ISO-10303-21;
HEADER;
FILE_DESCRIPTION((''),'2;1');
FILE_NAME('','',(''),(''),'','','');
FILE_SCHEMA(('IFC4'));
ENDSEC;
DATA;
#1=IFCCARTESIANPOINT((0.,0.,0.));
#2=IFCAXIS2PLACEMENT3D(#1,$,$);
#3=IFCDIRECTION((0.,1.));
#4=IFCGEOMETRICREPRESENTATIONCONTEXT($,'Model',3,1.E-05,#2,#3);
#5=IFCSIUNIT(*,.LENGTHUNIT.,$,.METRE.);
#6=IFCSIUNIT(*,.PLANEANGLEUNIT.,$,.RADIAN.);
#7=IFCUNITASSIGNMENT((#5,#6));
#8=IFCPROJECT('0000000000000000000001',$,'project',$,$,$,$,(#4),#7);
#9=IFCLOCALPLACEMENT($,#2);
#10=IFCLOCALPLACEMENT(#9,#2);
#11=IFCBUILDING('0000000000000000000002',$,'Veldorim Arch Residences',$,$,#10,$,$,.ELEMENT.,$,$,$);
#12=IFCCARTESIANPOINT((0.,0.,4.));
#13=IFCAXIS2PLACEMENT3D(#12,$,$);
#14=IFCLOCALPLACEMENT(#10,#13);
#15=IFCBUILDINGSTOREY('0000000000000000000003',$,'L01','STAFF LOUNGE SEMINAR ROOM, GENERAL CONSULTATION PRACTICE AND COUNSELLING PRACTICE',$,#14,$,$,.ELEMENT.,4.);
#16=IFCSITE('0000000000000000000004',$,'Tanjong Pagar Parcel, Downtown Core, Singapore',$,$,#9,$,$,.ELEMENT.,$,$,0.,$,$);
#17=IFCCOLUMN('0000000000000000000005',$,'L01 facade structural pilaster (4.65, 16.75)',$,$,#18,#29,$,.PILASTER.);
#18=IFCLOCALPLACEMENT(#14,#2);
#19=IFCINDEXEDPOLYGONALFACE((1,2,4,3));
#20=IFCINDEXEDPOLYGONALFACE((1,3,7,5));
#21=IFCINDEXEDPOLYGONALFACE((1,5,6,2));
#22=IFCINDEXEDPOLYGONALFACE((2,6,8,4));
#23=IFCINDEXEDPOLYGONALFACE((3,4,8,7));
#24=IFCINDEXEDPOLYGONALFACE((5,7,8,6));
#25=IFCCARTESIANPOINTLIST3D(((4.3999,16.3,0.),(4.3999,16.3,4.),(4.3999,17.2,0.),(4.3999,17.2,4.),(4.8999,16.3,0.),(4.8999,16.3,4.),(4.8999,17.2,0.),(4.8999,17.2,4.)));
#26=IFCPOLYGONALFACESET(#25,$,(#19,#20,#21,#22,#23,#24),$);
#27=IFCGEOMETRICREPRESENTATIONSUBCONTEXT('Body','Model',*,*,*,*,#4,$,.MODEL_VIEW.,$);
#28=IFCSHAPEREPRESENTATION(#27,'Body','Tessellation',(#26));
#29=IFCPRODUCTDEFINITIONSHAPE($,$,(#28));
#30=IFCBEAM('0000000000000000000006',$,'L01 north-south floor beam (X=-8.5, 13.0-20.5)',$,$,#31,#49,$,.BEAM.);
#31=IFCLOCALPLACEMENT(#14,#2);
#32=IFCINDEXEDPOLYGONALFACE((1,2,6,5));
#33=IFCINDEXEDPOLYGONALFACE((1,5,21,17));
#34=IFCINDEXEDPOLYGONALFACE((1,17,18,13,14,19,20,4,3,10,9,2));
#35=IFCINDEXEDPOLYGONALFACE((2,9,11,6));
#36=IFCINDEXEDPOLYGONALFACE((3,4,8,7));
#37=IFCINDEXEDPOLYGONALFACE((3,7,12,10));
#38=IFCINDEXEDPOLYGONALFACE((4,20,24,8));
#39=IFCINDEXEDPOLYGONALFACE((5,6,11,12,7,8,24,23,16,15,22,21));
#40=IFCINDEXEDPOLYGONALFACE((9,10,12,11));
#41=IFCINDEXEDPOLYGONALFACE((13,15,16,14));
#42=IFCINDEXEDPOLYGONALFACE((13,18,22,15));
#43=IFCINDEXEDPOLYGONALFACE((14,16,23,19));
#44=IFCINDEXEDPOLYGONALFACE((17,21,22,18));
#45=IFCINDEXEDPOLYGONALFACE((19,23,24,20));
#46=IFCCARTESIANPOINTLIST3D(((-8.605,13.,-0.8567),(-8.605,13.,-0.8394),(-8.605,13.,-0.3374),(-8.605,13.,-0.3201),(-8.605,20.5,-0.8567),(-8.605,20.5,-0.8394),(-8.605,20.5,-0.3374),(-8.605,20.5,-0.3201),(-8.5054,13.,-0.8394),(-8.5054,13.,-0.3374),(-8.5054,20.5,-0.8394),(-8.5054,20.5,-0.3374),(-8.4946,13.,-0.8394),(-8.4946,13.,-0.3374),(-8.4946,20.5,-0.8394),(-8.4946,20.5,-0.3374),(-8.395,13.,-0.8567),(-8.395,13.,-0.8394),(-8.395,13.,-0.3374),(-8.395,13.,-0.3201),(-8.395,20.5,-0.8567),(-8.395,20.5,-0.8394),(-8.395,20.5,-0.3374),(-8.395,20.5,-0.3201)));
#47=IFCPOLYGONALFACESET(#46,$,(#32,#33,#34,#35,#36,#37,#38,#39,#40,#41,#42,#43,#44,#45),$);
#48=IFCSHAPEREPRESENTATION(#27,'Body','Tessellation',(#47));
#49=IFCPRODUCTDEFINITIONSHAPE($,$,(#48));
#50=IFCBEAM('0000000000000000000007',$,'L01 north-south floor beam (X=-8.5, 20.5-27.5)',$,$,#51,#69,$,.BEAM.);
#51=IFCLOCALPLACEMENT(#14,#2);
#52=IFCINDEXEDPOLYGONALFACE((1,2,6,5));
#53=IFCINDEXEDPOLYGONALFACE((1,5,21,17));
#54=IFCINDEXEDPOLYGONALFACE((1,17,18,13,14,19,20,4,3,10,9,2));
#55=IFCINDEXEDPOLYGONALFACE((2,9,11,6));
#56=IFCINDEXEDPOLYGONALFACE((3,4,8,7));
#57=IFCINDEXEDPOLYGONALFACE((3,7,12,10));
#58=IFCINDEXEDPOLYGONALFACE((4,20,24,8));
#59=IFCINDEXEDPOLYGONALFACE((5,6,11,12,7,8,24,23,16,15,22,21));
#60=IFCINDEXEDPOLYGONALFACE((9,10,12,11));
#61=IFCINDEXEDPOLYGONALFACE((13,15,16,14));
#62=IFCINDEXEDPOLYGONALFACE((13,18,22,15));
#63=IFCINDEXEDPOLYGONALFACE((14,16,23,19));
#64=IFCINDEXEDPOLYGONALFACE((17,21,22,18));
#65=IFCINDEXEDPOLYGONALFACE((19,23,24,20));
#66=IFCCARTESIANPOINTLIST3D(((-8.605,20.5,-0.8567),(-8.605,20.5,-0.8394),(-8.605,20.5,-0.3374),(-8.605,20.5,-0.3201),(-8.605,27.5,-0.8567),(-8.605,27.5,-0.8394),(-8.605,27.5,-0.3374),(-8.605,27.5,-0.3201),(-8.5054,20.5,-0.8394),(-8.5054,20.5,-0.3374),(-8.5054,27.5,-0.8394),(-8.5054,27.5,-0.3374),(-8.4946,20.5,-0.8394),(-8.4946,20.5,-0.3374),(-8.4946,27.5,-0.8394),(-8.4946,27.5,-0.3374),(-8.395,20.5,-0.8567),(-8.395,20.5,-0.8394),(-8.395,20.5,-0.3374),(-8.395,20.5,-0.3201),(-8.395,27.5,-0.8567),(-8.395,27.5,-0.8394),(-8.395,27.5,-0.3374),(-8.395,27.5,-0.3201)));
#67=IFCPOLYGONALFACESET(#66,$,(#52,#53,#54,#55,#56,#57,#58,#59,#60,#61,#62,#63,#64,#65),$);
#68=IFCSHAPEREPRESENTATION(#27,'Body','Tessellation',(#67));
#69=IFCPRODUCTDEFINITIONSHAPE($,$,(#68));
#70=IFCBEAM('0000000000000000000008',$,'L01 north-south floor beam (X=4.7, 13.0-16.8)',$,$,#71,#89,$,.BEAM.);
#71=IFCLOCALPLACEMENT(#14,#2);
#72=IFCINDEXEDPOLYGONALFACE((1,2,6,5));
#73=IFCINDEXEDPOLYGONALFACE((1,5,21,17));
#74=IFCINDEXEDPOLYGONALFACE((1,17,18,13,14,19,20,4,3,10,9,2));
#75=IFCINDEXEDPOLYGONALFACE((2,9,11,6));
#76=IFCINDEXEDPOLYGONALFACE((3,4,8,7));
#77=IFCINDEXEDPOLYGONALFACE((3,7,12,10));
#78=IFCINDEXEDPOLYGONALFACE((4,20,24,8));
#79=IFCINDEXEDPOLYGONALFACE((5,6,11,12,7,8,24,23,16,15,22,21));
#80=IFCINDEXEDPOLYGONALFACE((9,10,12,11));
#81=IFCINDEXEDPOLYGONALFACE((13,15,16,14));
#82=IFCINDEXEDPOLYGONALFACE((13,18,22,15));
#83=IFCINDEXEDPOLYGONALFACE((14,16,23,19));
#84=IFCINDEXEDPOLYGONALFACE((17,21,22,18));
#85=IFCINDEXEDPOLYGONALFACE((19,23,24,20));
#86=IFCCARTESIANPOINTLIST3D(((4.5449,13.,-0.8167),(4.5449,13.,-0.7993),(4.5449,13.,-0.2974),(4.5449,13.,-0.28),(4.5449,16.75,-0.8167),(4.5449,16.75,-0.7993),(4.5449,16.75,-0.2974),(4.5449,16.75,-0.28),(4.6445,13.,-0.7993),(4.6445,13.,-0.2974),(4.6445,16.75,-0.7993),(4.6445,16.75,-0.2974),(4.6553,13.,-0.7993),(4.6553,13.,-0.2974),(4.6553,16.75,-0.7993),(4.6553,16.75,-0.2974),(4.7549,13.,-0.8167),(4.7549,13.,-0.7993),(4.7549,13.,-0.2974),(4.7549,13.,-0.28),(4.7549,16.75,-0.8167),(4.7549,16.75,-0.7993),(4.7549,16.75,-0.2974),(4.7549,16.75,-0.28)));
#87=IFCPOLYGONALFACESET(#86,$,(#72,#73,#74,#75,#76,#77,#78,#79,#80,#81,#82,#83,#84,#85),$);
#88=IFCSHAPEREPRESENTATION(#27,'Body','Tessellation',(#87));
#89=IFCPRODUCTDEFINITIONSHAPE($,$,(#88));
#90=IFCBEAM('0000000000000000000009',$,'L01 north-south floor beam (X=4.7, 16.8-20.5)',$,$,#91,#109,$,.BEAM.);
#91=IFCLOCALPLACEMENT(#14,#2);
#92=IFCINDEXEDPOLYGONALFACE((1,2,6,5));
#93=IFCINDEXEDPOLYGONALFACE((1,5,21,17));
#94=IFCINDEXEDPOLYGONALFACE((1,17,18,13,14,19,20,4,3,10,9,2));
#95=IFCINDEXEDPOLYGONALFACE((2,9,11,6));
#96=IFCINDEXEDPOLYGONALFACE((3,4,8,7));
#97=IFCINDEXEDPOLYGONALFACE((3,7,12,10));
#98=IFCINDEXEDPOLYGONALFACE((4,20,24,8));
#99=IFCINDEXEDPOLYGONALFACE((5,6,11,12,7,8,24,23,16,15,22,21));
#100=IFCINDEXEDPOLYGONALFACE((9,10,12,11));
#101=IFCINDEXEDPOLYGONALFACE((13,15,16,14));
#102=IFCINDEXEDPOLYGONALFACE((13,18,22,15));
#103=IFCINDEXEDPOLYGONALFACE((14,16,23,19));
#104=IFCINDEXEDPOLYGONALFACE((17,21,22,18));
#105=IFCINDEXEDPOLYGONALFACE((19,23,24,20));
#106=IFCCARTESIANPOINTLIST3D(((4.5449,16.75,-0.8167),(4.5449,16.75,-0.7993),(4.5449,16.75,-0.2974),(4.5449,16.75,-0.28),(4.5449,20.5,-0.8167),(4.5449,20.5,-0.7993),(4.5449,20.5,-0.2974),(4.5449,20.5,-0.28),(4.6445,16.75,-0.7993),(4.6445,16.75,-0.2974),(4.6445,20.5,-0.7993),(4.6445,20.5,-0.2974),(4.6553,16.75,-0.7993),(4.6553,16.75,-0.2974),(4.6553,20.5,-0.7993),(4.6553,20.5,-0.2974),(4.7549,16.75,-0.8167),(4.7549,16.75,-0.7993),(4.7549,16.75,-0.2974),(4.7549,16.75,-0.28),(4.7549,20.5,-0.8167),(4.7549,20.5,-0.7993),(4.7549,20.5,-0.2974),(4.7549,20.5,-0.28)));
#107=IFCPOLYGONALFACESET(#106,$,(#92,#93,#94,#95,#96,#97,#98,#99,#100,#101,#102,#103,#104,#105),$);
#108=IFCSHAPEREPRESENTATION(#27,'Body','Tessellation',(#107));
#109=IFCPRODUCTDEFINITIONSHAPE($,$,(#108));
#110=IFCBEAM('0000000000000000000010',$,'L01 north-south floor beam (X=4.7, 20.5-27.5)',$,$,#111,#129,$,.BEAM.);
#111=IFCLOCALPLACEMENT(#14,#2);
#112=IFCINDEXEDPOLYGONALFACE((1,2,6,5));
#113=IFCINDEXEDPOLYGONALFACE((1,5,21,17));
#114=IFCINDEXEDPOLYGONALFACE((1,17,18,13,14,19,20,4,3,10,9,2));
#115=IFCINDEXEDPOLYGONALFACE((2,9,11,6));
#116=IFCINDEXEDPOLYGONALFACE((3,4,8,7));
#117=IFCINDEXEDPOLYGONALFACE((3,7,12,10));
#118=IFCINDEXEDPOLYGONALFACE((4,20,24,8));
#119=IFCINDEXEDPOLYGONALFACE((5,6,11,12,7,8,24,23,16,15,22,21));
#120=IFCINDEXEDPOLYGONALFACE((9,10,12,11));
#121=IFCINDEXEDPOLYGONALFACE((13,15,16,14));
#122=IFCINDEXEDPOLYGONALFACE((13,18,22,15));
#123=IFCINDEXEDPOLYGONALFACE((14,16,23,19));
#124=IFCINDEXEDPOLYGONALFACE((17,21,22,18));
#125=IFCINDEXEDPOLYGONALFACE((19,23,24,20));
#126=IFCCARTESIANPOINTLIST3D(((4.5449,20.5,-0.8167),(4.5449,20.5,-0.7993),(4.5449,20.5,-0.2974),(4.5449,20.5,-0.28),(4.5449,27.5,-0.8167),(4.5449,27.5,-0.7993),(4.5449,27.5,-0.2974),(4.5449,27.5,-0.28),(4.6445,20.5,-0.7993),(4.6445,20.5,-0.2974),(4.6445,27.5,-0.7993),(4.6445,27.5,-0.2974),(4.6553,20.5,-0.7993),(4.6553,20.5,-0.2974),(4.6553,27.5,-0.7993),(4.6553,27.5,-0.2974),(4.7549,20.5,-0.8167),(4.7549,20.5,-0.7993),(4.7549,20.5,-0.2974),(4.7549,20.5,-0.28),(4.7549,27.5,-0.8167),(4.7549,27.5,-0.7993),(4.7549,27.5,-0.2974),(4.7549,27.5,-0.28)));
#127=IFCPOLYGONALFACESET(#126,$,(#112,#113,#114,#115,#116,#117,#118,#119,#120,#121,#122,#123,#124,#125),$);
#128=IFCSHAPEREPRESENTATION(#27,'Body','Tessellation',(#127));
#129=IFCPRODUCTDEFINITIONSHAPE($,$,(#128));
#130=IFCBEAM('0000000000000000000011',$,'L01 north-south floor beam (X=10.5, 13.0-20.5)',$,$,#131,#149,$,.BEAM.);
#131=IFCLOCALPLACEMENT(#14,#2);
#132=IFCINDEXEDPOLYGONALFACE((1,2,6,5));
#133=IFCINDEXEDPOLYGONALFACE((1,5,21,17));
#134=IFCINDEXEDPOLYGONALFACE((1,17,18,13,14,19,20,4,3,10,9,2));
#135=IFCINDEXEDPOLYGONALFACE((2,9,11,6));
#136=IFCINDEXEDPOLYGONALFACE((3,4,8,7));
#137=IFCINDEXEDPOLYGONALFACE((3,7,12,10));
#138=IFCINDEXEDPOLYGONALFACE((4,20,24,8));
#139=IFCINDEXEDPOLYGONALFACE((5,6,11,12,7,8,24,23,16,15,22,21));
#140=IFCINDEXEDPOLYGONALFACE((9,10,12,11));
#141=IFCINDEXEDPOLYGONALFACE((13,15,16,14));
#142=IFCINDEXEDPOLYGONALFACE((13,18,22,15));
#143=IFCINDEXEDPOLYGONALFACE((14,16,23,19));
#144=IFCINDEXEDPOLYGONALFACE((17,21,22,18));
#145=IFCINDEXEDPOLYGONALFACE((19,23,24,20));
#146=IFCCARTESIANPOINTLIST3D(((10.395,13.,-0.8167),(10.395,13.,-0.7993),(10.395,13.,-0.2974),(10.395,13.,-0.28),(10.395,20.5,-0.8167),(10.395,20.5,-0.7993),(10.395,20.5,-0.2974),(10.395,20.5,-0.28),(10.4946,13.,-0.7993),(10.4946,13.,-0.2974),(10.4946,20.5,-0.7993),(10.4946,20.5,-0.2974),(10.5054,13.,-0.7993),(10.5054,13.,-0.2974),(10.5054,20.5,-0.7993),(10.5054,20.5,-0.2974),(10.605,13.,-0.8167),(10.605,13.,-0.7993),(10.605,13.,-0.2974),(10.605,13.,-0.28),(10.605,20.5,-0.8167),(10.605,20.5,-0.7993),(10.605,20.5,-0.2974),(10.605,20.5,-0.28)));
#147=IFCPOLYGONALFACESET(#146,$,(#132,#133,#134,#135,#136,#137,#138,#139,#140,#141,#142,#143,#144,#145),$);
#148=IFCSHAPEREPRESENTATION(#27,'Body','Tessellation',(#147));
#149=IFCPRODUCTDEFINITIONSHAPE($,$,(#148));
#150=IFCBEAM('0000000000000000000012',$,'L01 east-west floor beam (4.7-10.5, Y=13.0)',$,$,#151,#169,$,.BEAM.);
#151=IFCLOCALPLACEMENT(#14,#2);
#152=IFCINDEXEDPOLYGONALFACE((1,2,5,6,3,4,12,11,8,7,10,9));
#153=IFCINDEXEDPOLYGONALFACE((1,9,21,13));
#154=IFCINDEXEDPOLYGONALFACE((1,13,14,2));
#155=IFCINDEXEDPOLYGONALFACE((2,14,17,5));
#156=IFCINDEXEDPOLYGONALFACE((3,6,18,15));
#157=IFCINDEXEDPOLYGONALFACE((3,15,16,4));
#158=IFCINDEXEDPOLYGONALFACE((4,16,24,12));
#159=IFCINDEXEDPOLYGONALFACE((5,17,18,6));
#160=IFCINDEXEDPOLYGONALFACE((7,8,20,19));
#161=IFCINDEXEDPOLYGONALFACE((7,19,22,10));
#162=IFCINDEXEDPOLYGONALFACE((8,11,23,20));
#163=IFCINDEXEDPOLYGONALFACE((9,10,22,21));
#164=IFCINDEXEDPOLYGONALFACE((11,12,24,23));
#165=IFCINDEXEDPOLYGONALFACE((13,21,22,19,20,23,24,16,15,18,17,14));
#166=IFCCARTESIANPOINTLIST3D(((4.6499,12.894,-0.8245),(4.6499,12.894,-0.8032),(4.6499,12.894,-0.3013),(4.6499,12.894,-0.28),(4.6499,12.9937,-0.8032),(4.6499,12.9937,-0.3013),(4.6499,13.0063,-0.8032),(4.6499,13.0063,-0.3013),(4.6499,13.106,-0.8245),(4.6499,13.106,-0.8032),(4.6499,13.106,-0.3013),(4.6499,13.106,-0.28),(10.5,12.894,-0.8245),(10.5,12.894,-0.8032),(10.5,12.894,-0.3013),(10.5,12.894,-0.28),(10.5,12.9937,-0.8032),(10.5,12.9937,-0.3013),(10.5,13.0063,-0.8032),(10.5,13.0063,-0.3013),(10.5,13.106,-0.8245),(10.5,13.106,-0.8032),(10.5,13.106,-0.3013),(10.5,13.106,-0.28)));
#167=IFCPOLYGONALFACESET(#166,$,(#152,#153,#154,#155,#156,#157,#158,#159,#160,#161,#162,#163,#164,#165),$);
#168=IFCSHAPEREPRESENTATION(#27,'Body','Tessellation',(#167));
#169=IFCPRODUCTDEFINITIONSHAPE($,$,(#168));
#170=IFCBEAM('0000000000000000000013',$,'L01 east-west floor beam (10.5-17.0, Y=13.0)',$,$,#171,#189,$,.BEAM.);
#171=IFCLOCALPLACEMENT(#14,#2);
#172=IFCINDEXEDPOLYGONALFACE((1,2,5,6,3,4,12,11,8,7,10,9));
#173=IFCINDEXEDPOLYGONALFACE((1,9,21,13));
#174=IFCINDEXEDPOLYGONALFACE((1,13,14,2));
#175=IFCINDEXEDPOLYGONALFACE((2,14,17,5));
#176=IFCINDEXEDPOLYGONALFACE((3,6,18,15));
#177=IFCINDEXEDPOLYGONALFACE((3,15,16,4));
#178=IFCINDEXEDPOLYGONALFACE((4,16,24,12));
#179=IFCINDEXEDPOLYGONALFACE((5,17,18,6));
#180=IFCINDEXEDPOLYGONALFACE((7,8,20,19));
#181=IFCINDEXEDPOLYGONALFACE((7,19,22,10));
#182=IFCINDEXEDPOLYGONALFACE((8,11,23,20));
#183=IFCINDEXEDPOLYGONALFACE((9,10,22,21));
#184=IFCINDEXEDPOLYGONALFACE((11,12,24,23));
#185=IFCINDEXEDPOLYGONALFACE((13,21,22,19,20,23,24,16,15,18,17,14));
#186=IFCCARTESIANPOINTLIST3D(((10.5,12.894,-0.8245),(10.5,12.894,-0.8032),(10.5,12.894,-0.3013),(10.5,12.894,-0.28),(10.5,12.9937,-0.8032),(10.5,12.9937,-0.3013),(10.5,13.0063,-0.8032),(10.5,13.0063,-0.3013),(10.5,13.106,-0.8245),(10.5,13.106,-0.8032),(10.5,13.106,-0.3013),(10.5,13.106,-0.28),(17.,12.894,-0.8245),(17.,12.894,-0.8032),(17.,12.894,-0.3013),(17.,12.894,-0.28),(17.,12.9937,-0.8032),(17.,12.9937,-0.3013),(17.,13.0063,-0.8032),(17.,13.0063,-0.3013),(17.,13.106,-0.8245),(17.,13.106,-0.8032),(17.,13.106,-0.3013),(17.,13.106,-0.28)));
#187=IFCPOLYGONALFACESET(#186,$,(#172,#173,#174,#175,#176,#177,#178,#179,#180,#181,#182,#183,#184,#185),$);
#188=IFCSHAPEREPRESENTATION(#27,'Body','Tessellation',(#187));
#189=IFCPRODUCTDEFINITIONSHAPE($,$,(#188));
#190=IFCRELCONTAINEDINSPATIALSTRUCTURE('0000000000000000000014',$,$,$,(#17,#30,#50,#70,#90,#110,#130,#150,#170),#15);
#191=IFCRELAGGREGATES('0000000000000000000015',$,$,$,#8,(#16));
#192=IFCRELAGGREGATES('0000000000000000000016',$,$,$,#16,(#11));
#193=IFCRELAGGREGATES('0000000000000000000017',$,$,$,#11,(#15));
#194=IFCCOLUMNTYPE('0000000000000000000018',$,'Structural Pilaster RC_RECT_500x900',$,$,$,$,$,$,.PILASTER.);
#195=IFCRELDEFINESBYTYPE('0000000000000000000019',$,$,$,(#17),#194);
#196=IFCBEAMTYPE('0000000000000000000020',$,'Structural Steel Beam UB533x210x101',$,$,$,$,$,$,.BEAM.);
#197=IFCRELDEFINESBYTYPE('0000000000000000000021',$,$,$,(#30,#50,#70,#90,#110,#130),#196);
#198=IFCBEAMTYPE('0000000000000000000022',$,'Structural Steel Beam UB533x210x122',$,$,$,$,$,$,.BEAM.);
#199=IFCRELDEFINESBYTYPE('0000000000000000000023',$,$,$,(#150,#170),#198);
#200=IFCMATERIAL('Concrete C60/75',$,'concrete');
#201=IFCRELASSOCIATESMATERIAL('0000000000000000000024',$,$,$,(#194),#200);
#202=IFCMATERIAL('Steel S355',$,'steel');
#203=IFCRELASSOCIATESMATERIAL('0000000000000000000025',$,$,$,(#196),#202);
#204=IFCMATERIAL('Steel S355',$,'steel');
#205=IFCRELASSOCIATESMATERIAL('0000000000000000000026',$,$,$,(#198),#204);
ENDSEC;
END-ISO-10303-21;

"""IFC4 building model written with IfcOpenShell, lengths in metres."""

from ifc_helpers import new_model, si_unit, direction, frame, origin, origin_2d, place, context, subcontext, project, spatial, rectangle, i_section, extrude, material, material_profile, profile_set, type_object, element, save


model = new_model("IFC4")

# Units and contexts
model_context = context("Model", 3, precision=1e-05, world=origin(), true_north=direction((0.0, 1.0)))
body_context = subcontext(model_context, "Body", "Model", "MODEL_VIEW")
ifc_project = project(units=[si_unit("LENGTHUNIT", "METRE"), si_unit("PLANEANGLEUNIT", "RADIAN")], contexts=[model_context])

# Site, building, storey
site_placement = place(None, origin())
site = spatial("IfcSite", under=ifc_project, at=site_placement, Name="Tanjong Pagar Parcel, Downtown Core, Singapore", CompositionType="ELEMENT", RefElevation=0.0)
building_placement = place(site_placement, origin())
building = spatial("IfcBuilding", under=site, at=building_placement, Name="Veldorim Arch Residences", CompositionType="ELEMENT")
storey_placement = place(building_placement, frame((0.0, 0.0, 4.0)))
storey = spatial("IfcBuildingStorey", under=building, at=storey_placement, Name="L01", Description="STAFF LOUNGE SEMINAR ROOM, GENERAL CONSULTATION PRACTICE AND COUNSELLING PRACTICE", CompositionType="ELEMENT", Elevation=4.0)

# Column
ifc_material_1 = material(Name="Concrete C60/75", Category="concrete")
ifc_material_profile_1 = material_profile(ifc_material_1, rectangle(XDim=0.5, YDim=0.8999, at=origin_2d()), Name="RC_RECT_500x900")
ifc_profile_set_1 = profile_set([ifc_material_profile_1], Name="Concrete C60/75")
column_type_1 = type_object("IfcColumnType", Name="Structural Pilaster RC_RECT_500x900", PredefinedType="PILASTER", material=ifc_profile_set_1)
column_placement = place(storey_placement, frame((4.6499, 16.75, 0.0), z_axis=(0.0, 0.0, 1.0), x_axis=(1.0, 0.0, 0.0)))
element("IfcColumn", 1, at=column_placement, inside=storey, type_object=column_type_1, Name="L01 facade structural pilaster (4.65, 16.75)", PredefinedType="PILASTER", context=body_context, shape_type="SweptSolid", body=[
    extrude(rectangle(XDim=0.5, YDim=0.8999, at=origin_2d()), origin(), (0.0, 0.0, 1.0), 4.0),
])

# Beams
ifc_material_2 = material(Name="Steel S355", Category="steel")
ifc_material_profile_2 = material_profile(ifc_material_2, i_section(OverallWidth=0.21, OverallDepth=0.5366, WebThickness=0.0107, FlangeThickness=0.0173, at=origin_2d()), Name="UB533x210x101")
ifc_profile_set_2 = profile_set([ifc_material_profile_2], Name="Steel S355")
beam_type_1 = type_object("IfcBeamType", Name="Structural Steel Beam UB533x210x101", PredefinedType="BEAM", material=ifc_profile_set_2)
beam_1_placement = place(storey_placement, frame((-8.5, 13.0, -0.5884), z_axis=(0.0, 1.0, 0.0), x_axis=(-1.0, 0.0, 0.0)))
element("IfcBeam", 2, at=beam_1_placement, inside=storey, type_object=beam_type_1, Name="L01 north-south floor beam (X=-8.5, 13.0-20.5)", PredefinedType="BEAM", context=body_context, shape_type="SweptSolid", body=[
    extrude(i_section(OverallWidth=0.21, OverallDepth=0.5366, WebThickness=0.0107, FlangeThickness=0.0173, at=origin_2d()), origin(), (0.0, 0.0, 1.0), 7.5),
])
beam_2_placement = place(storey_placement, frame((-8.5, 20.5, -0.5884), z_axis=(0.0, 1.0, 0.0), x_axis=(-1.0, 0.0, 0.0)))
element("IfcBeam", 3, at=beam_2_placement, inside=storey, type_object=beam_type_1, Name="L01 north-south floor beam (X=-8.5, 20.5-27.5)", PredefinedType="BEAM", context=body_context, shape_type="SweptSolid", body=[
    extrude(i_section(OverallWidth=0.21, OverallDepth=0.5366, WebThickness=0.0107, FlangeThickness=0.0173, at=origin_2d()), origin(), (0.0, 0.0, 1.0), 7.0),
])
for number, where, z_axis, x_axis, name in (
    (4, (4.6499, 13.0, -0.5483), (0.0, 1.0, 0.0), (-1.0, 0.0, 0.0), "L01 north-south floor beam (X=4.7, 13.0-16.8)"),
    (5, (4.6499, 16.75, -0.5483), (0.0, 1.0, 0.0), (-1.0, 0.0, 0.0), "L01 north-south floor beam (X=4.7, 16.8-20.5)"),
):
    element("IfcBeam", number, at=place(storey_placement, frame(where, z_axis=z_axis, x_axis=x_axis)), inside=storey, type_object=beam_type_1, Name=name, PredefinedType="BEAM", context=body_context, shape_type="SweptSolid", body=[
        extrude(i_section(OverallWidth=0.21, OverallDepth=0.5366, WebThickness=0.0107, FlangeThickness=0.0173, at=origin_2d()), origin(), (0.0, 0.0, 1.0), 3.75),
    ])
beam_3_placement = place(storey_placement, frame((4.6499, 20.5, -0.5483), z_axis=(0.0, 1.0, 0.0), x_axis=(-1.0, 0.0, 0.0)))
element("IfcBeam", 6, at=beam_3_placement, inside=storey, type_object=beam_type_1, Name="L01 north-south floor beam (X=4.7, 20.5-27.5)", PredefinedType="BEAM", context=body_context, shape_type="SweptSolid", body=[
    extrude(i_section(OverallWidth=0.21, OverallDepth=0.5366, WebThickness=0.0107, FlangeThickness=0.0173, at=origin_2d()), origin(), (0.0, 0.0, 1.0), 7.0),
])
beam_4_placement = place(storey_placement, frame((10.5, 13.0, -0.5483), z_axis=(0.0, 1.0, 0.0), x_axis=(-1.0, 0.0, 0.0)))
element("IfcBeam", 7, at=beam_4_placement, inside=storey, type_object=beam_type_1, Name="L01 north-south floor beam (X=10.5, 13.0-20.5)", PredefinedType="BEAM", context=body_context, shape_type="SweptSolid", body=[
    extrude(i_section(OverallWidth=0.21, OverallDepth=0.5366, WebThickness=0.0107, FlangeThickness=0.0173, at=origin_2d()), origin(), (0.0, 0.0, 1.0), 7.5),
])
ifc_material_3 = material(Name="Steel S355", Category="steel")
ifc_material_profile_3 = material_profile(ifc_material_3, i_section(OverallWidth=0.2119, OverallDepth=0.5444, WebThickness=0.0127, FlangeThickness=0.0212, at=origin_2d()), Name="UB533x210x122")
ifc_profile_set_3 = profile_set([ifc_material_profile_3], Name="Steel S355")
beam_type_2 = type_object("IfcBeamType", Name="Structural Steel Beam UB533x210x122", PredefinedType="BEAM", material=ifc_profile_set_3)
beam_5_placement = place(storey_placement, frame((4.6499, 13.0, -0.5522), z_axis=(1.0, 0.0, 0.0), x_axis=(0.0, 1.0, 0.0)))
element("IfcBeam", 8, at=beam_5_placement, inside=storey, type_object=beam_type_2, Name="L01 east-west floor beam (4.7-10.5, Y=13.0)", PredefinedType="BEAM", context=body_context, shape_type="SweptSolid", body=[
    extrude(i_section(OverallWidth=0.2119, OverallDepth=0.5444, WebThickness=0.0127, FlangeThickness=0.0212, at=origin_2d()), origin(), (0.0, 0.0, 1.0), 5.8501),
])
beam_6_placement = place(storey_placement, frame((10.5, 13.0, -0.5522), z_axis=(1.0, 0.0, 0.0), x_axis=(0.0, 1.0, 0.0)))
element("IfcBeam", 9, at=beam_6_placement, inside=storey, type_object=beam_type_2, Name="L01 east-west floor beam (10.5-17.0, Y=13.0)", PredefinedType="BEAM", context=body_context, shape_type="SweptSolid", body=[
    extrude(i_section(OverallWidth=0.2119, OverallDepth=0.5444, WebThickness=0.0127, FlangeThickness=0.0212, at=origin_2d()), origin(), (0.0, 0.0, 1.0), 6.5),
])

save(model, "model.ifc")
